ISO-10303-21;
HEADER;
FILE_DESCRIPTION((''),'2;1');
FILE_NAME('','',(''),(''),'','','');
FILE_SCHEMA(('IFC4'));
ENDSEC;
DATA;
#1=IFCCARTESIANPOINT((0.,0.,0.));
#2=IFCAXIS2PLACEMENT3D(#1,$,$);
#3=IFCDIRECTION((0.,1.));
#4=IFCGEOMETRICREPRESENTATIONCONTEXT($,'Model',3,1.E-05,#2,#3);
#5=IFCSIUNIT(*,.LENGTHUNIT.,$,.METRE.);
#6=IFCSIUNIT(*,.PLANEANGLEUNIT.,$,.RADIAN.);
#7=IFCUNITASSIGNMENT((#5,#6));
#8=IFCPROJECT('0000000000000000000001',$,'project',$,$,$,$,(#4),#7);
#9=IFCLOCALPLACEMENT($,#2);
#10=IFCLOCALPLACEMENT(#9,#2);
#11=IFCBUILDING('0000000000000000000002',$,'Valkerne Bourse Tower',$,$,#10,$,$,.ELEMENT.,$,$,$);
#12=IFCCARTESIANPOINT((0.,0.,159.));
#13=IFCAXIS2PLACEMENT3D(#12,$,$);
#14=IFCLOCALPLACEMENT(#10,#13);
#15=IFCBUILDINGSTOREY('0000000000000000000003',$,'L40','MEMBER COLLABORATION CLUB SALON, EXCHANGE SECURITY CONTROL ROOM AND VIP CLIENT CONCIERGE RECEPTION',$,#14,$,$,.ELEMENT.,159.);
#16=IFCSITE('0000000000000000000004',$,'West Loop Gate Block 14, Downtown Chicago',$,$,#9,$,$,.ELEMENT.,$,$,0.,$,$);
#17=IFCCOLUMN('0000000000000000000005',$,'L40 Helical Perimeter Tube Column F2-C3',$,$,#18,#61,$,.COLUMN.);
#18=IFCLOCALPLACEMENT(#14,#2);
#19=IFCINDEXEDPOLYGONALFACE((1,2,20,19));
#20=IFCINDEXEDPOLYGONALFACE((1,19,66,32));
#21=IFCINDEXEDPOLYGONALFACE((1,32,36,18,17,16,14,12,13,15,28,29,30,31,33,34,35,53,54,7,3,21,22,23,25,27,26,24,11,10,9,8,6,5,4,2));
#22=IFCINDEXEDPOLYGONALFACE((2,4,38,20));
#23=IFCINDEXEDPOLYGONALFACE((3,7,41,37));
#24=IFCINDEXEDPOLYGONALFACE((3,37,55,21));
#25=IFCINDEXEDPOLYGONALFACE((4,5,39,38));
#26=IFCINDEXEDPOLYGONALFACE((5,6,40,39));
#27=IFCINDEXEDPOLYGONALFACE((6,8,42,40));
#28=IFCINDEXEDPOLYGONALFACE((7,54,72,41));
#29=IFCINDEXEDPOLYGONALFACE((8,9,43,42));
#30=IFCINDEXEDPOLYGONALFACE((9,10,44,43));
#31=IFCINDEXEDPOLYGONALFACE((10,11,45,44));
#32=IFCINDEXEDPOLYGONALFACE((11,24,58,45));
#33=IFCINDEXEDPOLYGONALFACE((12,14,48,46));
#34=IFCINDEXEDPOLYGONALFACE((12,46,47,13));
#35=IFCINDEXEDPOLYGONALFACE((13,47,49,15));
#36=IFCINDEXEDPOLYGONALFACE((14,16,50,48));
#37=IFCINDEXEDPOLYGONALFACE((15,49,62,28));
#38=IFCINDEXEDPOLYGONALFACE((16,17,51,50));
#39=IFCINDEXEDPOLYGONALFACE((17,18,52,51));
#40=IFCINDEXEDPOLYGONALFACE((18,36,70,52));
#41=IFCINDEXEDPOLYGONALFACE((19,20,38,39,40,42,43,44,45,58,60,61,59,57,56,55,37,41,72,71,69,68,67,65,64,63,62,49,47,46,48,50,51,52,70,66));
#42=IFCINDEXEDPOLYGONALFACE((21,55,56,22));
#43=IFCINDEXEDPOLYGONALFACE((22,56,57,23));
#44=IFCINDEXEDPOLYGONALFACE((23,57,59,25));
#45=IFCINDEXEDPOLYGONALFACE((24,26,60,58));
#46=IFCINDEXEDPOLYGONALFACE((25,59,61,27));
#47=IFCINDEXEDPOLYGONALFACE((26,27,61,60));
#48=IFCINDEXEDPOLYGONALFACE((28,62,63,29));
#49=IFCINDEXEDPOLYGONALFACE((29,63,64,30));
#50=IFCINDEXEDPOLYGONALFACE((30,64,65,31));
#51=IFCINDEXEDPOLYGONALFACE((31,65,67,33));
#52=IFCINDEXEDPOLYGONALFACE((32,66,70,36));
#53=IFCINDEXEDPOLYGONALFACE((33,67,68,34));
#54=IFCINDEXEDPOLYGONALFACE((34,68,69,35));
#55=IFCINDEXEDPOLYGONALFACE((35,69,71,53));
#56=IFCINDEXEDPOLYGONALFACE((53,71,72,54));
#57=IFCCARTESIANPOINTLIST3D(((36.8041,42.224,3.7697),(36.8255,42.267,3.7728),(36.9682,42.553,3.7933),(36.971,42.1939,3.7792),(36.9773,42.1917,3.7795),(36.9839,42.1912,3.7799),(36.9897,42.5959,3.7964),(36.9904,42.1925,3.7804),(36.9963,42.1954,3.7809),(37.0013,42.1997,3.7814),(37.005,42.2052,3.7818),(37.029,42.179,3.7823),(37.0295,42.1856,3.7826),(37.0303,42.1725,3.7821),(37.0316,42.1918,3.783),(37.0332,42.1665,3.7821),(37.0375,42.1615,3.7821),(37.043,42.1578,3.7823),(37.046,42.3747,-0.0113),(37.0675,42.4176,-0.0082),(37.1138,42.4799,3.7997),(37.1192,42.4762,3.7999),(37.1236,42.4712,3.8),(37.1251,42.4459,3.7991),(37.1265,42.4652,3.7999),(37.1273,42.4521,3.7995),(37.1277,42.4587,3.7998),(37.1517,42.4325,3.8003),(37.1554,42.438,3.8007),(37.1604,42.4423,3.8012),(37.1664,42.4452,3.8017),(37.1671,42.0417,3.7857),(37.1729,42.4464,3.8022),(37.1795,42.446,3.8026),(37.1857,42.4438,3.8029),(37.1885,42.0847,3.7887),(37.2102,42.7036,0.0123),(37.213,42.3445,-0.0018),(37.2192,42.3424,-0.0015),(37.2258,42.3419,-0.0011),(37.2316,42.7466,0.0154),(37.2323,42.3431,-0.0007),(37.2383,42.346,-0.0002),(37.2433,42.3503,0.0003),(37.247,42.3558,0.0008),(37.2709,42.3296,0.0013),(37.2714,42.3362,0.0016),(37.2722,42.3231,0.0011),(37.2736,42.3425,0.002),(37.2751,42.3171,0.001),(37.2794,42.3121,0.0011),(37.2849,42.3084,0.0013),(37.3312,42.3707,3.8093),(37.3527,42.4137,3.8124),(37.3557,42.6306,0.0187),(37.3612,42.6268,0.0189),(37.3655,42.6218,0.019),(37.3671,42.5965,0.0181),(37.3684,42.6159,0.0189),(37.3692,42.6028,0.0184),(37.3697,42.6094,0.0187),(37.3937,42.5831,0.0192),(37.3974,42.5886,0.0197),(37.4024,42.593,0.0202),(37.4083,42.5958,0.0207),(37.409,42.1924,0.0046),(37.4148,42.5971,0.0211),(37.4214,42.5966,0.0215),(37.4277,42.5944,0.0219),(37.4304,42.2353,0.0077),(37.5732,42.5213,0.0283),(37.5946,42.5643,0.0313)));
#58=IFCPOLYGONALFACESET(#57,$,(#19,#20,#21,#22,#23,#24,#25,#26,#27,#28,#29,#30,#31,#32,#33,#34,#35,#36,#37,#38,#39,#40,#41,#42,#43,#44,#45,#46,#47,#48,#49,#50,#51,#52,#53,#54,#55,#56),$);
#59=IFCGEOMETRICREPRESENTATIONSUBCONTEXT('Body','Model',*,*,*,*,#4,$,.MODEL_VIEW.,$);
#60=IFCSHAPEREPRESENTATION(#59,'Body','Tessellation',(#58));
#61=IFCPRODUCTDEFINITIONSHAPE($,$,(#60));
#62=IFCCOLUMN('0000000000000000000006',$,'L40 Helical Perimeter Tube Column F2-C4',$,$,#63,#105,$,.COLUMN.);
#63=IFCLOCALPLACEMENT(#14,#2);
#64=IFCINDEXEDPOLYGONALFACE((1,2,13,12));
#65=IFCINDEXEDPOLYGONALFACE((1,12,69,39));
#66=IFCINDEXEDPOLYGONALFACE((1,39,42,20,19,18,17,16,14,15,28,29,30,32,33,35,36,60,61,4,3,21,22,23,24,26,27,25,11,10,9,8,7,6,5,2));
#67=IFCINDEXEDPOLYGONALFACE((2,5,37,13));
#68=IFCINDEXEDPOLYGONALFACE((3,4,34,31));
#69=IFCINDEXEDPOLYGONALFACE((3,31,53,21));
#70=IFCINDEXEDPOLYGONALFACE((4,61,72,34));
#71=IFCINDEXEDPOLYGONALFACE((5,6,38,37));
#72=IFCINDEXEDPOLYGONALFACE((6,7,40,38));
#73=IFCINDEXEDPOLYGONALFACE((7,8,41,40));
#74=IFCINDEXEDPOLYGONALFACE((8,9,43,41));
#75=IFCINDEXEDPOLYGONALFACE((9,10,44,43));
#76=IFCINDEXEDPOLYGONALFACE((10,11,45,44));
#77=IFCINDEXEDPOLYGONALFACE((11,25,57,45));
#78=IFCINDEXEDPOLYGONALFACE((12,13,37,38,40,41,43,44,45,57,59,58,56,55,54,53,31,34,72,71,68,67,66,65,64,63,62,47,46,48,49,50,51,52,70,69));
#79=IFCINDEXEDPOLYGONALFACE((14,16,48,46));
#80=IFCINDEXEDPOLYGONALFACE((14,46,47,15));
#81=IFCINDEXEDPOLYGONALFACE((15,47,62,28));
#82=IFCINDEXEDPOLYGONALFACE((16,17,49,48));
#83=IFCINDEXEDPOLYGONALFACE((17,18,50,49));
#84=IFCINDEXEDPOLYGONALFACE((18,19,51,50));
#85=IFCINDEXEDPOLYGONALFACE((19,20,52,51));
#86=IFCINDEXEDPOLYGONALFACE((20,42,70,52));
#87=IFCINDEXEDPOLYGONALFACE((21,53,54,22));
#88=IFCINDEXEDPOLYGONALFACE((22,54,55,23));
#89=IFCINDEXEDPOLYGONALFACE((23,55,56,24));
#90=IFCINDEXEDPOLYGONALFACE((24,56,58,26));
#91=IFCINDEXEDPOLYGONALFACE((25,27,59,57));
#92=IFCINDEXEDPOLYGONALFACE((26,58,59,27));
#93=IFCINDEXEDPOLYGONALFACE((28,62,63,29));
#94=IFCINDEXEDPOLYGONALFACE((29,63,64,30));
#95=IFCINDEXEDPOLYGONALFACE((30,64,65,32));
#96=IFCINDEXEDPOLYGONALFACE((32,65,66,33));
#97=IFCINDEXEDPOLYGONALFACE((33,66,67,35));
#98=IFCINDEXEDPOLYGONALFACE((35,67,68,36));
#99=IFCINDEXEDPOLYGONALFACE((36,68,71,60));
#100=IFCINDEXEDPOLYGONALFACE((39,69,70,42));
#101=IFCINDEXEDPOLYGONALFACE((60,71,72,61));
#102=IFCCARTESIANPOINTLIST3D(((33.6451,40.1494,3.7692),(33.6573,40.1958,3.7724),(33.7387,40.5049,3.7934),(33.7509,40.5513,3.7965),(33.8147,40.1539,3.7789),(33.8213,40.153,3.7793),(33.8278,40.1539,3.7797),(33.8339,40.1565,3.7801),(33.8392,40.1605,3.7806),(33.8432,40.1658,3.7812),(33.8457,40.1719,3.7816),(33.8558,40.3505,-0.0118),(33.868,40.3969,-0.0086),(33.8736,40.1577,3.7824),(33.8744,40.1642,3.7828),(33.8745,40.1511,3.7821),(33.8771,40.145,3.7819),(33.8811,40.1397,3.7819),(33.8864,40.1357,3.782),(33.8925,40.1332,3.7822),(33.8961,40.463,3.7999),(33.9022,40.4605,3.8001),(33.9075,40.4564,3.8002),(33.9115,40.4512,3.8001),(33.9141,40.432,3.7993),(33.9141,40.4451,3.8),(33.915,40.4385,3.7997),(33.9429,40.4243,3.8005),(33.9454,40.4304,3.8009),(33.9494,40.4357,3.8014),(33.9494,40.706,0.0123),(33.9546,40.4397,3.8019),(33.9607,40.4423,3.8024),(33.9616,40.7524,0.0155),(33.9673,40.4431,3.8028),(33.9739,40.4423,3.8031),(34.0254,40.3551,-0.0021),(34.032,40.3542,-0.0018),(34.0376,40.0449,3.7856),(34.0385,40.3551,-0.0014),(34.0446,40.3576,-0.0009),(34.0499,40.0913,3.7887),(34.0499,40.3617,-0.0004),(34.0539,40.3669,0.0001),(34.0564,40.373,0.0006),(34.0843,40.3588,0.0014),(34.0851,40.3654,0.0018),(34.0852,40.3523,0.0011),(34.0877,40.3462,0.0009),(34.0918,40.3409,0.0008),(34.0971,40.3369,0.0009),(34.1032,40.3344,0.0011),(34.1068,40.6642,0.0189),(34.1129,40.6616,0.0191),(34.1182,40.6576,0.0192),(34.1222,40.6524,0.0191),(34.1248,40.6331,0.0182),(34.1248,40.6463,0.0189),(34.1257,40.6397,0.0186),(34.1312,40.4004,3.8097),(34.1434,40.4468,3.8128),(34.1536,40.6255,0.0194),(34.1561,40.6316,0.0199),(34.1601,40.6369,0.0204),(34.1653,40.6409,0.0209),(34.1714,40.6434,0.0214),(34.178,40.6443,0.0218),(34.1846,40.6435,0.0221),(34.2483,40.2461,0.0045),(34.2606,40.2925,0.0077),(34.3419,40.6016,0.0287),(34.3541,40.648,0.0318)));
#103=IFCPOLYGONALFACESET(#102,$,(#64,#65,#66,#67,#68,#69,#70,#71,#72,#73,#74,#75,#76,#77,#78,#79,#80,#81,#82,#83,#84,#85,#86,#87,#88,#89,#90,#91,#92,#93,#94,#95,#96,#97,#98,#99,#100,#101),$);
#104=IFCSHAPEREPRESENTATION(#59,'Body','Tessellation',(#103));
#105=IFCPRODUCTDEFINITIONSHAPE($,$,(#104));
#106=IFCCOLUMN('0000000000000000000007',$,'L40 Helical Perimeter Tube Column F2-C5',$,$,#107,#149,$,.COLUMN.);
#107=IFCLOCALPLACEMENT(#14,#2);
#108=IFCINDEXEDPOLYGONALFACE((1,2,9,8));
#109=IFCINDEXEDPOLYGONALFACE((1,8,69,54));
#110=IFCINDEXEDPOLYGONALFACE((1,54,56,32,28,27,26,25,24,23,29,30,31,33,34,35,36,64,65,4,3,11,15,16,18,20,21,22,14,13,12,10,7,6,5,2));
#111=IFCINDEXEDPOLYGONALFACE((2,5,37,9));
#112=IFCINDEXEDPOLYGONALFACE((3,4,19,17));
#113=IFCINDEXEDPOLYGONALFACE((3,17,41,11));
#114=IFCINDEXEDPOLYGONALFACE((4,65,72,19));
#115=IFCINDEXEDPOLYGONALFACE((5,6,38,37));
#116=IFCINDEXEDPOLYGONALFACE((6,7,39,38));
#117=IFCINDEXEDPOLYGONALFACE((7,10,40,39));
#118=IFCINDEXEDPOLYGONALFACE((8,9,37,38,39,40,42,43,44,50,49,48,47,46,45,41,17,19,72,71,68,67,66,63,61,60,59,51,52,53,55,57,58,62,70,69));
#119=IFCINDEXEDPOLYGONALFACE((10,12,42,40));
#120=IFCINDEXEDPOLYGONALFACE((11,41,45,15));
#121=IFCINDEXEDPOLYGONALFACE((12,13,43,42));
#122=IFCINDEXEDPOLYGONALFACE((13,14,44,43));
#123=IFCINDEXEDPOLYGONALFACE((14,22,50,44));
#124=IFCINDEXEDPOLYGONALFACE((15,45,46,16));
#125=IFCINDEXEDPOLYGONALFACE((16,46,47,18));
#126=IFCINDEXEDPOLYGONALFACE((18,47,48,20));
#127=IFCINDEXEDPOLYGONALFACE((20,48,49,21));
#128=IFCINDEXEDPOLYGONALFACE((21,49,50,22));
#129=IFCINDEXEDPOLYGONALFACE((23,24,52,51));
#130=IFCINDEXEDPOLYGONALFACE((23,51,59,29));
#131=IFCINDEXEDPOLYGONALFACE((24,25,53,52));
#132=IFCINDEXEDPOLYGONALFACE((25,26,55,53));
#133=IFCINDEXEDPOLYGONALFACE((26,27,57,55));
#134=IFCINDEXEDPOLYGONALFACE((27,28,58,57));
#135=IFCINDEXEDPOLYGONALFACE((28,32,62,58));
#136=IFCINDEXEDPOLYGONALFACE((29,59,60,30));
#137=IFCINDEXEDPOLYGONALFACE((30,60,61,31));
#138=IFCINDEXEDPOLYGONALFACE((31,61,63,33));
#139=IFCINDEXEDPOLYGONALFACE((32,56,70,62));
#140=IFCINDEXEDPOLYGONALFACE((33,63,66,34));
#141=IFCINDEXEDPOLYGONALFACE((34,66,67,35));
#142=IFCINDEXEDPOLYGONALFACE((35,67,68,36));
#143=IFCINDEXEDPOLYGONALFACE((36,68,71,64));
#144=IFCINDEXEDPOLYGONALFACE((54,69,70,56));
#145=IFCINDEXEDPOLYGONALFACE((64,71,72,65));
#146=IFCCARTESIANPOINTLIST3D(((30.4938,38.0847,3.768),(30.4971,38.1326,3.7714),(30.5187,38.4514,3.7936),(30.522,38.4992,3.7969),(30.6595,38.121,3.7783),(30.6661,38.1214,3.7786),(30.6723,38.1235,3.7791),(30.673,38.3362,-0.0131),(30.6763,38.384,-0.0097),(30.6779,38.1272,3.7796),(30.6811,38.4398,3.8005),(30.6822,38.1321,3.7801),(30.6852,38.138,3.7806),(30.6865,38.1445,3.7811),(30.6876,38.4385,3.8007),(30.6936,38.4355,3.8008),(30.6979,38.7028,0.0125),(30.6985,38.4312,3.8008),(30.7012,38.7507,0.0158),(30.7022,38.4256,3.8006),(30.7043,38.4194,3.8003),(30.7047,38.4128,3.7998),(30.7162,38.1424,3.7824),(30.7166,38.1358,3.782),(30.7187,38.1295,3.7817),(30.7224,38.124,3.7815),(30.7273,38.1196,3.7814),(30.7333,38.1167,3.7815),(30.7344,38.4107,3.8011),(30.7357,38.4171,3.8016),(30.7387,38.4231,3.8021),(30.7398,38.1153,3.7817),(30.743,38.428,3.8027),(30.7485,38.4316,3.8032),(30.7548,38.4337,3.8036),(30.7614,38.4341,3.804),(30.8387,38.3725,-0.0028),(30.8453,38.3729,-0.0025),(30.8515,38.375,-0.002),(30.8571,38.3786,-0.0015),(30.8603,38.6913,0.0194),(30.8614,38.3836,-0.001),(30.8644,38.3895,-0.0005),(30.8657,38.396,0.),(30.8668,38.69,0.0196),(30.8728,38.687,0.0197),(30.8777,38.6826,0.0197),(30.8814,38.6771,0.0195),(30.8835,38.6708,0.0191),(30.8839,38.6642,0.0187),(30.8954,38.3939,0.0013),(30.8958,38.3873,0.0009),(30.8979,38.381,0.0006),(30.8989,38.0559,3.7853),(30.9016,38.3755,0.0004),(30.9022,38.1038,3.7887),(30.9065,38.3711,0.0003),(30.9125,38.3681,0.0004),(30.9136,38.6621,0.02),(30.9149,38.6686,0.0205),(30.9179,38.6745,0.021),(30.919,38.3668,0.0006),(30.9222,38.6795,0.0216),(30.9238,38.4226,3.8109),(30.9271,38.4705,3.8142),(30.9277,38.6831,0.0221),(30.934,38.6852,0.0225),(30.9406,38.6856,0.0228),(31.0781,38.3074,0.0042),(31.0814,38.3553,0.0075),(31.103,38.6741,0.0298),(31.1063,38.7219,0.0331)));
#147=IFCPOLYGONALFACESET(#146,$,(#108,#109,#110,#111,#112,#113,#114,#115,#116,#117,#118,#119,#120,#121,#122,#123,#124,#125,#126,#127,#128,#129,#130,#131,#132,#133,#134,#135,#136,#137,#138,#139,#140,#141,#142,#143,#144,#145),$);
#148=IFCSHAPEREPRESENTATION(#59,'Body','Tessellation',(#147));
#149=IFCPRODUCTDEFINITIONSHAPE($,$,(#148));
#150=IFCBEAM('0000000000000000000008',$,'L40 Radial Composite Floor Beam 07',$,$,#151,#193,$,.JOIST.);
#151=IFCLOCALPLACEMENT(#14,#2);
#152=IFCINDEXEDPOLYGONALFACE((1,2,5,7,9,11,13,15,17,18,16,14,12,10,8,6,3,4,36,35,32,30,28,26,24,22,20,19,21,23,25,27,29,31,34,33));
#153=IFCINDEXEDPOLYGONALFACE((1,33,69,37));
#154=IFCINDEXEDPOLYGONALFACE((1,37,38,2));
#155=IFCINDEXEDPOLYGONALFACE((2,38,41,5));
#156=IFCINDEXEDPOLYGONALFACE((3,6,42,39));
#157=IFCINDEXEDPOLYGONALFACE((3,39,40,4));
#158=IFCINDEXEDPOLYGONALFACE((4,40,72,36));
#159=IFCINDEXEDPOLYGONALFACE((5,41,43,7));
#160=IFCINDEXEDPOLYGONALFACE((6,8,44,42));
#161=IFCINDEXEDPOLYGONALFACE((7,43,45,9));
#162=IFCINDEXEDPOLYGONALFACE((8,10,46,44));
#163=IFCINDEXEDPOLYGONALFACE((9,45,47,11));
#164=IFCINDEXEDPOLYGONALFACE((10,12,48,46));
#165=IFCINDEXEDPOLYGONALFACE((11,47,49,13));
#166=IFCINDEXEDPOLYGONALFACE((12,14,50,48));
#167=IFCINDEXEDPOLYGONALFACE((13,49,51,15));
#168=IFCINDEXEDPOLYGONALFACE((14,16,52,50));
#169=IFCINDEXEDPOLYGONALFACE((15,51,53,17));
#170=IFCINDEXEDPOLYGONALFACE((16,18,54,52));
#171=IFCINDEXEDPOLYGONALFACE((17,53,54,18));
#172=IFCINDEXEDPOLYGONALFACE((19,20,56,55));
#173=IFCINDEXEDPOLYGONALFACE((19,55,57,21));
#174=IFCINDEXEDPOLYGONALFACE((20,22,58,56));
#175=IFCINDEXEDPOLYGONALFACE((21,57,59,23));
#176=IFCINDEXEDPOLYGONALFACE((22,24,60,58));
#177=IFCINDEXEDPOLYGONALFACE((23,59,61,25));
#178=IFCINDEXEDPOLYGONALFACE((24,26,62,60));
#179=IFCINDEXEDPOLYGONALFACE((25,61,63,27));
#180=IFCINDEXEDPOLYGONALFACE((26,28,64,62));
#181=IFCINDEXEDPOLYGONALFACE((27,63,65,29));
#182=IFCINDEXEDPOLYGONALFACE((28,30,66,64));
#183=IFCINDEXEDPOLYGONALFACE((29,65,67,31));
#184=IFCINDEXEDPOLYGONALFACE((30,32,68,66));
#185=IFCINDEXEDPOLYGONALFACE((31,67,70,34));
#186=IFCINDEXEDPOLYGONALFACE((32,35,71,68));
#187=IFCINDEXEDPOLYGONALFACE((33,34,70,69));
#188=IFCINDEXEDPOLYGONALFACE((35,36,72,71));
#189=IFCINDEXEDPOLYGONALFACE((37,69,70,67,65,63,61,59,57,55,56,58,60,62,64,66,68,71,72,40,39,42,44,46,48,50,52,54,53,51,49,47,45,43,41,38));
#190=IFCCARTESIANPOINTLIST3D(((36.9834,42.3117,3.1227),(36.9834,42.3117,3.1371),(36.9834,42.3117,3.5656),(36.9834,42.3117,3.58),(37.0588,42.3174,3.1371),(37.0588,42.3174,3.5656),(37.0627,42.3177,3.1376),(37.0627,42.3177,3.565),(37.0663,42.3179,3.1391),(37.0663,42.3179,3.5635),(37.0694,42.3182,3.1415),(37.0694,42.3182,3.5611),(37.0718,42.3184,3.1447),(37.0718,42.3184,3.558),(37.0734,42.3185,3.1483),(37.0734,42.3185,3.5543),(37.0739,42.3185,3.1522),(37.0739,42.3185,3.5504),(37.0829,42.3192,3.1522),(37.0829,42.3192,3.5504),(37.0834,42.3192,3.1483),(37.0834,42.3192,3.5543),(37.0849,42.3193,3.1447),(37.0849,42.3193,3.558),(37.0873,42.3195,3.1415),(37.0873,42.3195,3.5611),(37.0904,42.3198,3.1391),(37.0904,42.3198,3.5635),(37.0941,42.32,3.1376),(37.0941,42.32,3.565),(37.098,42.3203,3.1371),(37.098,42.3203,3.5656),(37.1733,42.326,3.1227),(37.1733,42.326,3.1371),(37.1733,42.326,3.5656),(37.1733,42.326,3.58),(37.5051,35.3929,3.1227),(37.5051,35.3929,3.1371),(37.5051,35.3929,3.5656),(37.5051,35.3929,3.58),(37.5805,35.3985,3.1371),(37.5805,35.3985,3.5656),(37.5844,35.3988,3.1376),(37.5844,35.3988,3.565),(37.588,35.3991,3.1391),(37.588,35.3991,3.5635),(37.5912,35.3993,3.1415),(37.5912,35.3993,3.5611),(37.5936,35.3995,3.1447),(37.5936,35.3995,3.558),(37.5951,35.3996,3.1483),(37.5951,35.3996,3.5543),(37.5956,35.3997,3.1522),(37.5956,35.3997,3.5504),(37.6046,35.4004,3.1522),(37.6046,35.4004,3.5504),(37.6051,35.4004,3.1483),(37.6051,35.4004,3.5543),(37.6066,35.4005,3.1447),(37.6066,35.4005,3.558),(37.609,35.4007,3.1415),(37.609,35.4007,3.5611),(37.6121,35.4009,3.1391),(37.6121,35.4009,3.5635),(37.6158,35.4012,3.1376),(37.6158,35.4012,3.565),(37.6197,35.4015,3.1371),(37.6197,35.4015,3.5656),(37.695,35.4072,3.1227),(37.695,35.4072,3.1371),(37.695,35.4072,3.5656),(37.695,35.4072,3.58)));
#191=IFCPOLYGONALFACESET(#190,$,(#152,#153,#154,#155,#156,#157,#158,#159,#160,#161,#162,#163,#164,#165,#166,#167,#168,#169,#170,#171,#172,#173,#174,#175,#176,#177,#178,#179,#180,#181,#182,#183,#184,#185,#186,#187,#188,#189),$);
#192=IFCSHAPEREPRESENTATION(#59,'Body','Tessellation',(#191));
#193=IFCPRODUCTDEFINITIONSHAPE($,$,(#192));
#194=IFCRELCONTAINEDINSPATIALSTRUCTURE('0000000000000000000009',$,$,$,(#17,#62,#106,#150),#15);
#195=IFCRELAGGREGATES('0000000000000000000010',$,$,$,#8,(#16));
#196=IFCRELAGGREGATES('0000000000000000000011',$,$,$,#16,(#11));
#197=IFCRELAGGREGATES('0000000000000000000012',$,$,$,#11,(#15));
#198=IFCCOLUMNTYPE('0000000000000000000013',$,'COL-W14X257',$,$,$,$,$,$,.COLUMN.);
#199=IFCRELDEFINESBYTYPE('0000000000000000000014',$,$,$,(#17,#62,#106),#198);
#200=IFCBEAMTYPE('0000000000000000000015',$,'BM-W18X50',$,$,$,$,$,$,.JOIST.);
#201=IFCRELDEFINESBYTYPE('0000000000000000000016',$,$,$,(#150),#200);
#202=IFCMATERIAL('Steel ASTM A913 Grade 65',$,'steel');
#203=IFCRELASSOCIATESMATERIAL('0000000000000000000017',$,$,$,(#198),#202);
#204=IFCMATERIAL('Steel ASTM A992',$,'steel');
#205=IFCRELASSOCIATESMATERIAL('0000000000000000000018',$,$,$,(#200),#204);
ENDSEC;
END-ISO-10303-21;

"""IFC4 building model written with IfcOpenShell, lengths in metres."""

from ifc_helpers import new_model, si_unit, direction, frame, origin, origin_2d, place, context, subcontext, project, spatial, i_section, extrude, material, material_profile, profile_set, type_object, element, save


model = new_model("IFC4")

# Units and contexts
model_context = context("Model", 3, precision=1e-05, world=origin(), true_north=direction((0.0, 1.0)))
body_context = subcontext(model_context, "Body", "Model", "MODEL_VIEW")
ifc_project = project(units=[si_unit("LENGTHUNIT", "METRE"), si_unit("PLANEANGLEUNIT", "RADIAN")], contexts=[model_context])

# Site, building, storey
site_placement = place(None, origin())
site = spatial("IfcSite", under=ifc_project, at=site_placement, Name="West Loop Gate Block 14, Downtown Chicago", CompositionType="ELEMENT", RefElevation=0.0)
building_placement = place(site_placement, origin())
building = spatial("IfcBuilding", under=site, at=building_placement, Name="Valkerne Bourse Tower", CompositionType="ELEMENT")
storey_placement = place(building_placement, frame((0.0, 0.0, 159.0)))
storey = spatial("IfcBuildingStorey", under=building, at=storey_placement, Name="L40", Description="MEMBER COLLABORATION CLUB SALON, EXCHANGE SECURITY CONTROL ROOM AND VIP CLIENT CONCIERGE RECEPTION", CompositionType="ELEMENT", Elevation=159.0)

# Columns
ifc_material_1 = material(Name="Steel ASTM A913 Grade 65", Category="steel")
ifc_material_profile_1 = material_profile(ifc_material_1, i_section(OverallWidth=0.4065, OverallDepth=0.4165, WebThickness=0.0298, FlangeThickness=0.0481, FilletRadius=0.0254, at=origin_2d()), Name="W14X257")
ifc_profile_set_1 = profile_set([ifc_material_profile_1], Name="Steel ASTM A913 Grade 65")
column_type = type_object("IfcColumnType", Name="COL-W14X257", PredefinedType="COLUMN", material=ifc_profile_set_1)
column_1_placement = place(storey_placement, frame((37.3203, 42.4695, 0.01), z_axis=(-0.063808, -0.039727, 0.997171), x_axis=(-0.892951, 0.448438, -0.039273)))
element("IfcColumn", 1, at=column_1_placement, inside=storey, type_object=column_type, Name="L40 Helical Perimeter Tube Column F2-C3", PredefinedType="COLUMN", context=body_context, shape_type="SweptSolid", body=[
    extrude(i_section(OverallWidth=0.4065, OverallDepth=0.4165, WebThickness=0.0298, FlangeThickness=0.0481, FilletRadius=0.0254, at=origin_2d()), origin(), (0.0, 0.0, 1.0), 3.7917),
])
column_2_placement = place(storey_placement, frame((34.105, 40.4993, 0.01), z_axis=(-0.055559, -0.053049, 0.997045), x_axis=(-0.965598, 0.256922, -0.040137)))
element("IfcColumn", 2, at=column_2_placement, inside=storey, type_object=column_type, Name="L40 Helical Perimeter Tube Column F2-C4", PredefinedType="COLUMN", context=body_context, shape_type="SweptSolid", body=[
    extrude(i_section(OverallWidth=0.4065, OverallDepth=0.4165, WebThickness=0.0298, FlangeThickness=0.0481, FilletRadius=0.0254, at=origin_2d()), origin(), (0.0, 0.0, 1.0), 3.7922),
])
column_3_placement = place(storey_placement, frame((30.8896, 38.5291, 0.01), z_axis=(-0.047237, -0.066287, 0.996682), x_axis=(-0.996589, 0.070724, -0.042529)))
element("IfcColumn", 3, at=column_3_placement, inside=storey, type_object=column_type, Name="L40 Helical Perimeter Tube Column F2-C5", PredefinedType="COLUMN", context=body_context, shape_type="SweptSolid", body=[
    extrude(i_section(OverallWidth=0.4065, OverallDepth=0.4165, WebThickness=0.0298, FlangeThickness=0.0481, FilletRadius=0.0254, at=origin_2d()), origin(), (0.0, 0.0, 1.0), 3.7937),
])

# Beam
ifc_material_2 = material(Name="Steel ASTM A992", Category="steel")
ifc_material_profile_2 = material_profile(ifc_material_2, i_section(OverallWidth=0.1904, OverallDepth=0.4573, WebThickness=0.009, FlangeThickness=0.0144, FilletRadius=0.0151, at=origin_2d()), Name="W18X50")
ifc_profile_set_2 = profile_set([ifc_material_profile_2], Name="Steel ASTM A992")
beam_type_1 = type_object("IfcBeamType", Name="BM-W18X50", PredefinedType="JOIST", material=ifc_profile_set_2)
beam_1_placement = place(storey_placement, frame((37.0784, 42.3188, 3.3513), z_axis=(0.075192, -0.997169, 0.0), x_axis=(0.997169, 0.075192, 0.0)))
element("IfcBeam", 4, at=beam_1_placement, inside=storey, type_object=beam_type_1, Name="L40 Radial Composite Floor Beam 07", PredefinedType="JOIST", context=body_context, shape_type="SweptSolid", body=[
    extrude(i_section(OverallWidth=0.1904, OverallDepth=0.4573, WebThickness=0.009, FlangeThickness=0.0144, FilletRadius=0.0151, at=origin_2d()), origin(), (0.0, 0.0, 1.0), 6.9385),
])

save(model, "model.ifc")
